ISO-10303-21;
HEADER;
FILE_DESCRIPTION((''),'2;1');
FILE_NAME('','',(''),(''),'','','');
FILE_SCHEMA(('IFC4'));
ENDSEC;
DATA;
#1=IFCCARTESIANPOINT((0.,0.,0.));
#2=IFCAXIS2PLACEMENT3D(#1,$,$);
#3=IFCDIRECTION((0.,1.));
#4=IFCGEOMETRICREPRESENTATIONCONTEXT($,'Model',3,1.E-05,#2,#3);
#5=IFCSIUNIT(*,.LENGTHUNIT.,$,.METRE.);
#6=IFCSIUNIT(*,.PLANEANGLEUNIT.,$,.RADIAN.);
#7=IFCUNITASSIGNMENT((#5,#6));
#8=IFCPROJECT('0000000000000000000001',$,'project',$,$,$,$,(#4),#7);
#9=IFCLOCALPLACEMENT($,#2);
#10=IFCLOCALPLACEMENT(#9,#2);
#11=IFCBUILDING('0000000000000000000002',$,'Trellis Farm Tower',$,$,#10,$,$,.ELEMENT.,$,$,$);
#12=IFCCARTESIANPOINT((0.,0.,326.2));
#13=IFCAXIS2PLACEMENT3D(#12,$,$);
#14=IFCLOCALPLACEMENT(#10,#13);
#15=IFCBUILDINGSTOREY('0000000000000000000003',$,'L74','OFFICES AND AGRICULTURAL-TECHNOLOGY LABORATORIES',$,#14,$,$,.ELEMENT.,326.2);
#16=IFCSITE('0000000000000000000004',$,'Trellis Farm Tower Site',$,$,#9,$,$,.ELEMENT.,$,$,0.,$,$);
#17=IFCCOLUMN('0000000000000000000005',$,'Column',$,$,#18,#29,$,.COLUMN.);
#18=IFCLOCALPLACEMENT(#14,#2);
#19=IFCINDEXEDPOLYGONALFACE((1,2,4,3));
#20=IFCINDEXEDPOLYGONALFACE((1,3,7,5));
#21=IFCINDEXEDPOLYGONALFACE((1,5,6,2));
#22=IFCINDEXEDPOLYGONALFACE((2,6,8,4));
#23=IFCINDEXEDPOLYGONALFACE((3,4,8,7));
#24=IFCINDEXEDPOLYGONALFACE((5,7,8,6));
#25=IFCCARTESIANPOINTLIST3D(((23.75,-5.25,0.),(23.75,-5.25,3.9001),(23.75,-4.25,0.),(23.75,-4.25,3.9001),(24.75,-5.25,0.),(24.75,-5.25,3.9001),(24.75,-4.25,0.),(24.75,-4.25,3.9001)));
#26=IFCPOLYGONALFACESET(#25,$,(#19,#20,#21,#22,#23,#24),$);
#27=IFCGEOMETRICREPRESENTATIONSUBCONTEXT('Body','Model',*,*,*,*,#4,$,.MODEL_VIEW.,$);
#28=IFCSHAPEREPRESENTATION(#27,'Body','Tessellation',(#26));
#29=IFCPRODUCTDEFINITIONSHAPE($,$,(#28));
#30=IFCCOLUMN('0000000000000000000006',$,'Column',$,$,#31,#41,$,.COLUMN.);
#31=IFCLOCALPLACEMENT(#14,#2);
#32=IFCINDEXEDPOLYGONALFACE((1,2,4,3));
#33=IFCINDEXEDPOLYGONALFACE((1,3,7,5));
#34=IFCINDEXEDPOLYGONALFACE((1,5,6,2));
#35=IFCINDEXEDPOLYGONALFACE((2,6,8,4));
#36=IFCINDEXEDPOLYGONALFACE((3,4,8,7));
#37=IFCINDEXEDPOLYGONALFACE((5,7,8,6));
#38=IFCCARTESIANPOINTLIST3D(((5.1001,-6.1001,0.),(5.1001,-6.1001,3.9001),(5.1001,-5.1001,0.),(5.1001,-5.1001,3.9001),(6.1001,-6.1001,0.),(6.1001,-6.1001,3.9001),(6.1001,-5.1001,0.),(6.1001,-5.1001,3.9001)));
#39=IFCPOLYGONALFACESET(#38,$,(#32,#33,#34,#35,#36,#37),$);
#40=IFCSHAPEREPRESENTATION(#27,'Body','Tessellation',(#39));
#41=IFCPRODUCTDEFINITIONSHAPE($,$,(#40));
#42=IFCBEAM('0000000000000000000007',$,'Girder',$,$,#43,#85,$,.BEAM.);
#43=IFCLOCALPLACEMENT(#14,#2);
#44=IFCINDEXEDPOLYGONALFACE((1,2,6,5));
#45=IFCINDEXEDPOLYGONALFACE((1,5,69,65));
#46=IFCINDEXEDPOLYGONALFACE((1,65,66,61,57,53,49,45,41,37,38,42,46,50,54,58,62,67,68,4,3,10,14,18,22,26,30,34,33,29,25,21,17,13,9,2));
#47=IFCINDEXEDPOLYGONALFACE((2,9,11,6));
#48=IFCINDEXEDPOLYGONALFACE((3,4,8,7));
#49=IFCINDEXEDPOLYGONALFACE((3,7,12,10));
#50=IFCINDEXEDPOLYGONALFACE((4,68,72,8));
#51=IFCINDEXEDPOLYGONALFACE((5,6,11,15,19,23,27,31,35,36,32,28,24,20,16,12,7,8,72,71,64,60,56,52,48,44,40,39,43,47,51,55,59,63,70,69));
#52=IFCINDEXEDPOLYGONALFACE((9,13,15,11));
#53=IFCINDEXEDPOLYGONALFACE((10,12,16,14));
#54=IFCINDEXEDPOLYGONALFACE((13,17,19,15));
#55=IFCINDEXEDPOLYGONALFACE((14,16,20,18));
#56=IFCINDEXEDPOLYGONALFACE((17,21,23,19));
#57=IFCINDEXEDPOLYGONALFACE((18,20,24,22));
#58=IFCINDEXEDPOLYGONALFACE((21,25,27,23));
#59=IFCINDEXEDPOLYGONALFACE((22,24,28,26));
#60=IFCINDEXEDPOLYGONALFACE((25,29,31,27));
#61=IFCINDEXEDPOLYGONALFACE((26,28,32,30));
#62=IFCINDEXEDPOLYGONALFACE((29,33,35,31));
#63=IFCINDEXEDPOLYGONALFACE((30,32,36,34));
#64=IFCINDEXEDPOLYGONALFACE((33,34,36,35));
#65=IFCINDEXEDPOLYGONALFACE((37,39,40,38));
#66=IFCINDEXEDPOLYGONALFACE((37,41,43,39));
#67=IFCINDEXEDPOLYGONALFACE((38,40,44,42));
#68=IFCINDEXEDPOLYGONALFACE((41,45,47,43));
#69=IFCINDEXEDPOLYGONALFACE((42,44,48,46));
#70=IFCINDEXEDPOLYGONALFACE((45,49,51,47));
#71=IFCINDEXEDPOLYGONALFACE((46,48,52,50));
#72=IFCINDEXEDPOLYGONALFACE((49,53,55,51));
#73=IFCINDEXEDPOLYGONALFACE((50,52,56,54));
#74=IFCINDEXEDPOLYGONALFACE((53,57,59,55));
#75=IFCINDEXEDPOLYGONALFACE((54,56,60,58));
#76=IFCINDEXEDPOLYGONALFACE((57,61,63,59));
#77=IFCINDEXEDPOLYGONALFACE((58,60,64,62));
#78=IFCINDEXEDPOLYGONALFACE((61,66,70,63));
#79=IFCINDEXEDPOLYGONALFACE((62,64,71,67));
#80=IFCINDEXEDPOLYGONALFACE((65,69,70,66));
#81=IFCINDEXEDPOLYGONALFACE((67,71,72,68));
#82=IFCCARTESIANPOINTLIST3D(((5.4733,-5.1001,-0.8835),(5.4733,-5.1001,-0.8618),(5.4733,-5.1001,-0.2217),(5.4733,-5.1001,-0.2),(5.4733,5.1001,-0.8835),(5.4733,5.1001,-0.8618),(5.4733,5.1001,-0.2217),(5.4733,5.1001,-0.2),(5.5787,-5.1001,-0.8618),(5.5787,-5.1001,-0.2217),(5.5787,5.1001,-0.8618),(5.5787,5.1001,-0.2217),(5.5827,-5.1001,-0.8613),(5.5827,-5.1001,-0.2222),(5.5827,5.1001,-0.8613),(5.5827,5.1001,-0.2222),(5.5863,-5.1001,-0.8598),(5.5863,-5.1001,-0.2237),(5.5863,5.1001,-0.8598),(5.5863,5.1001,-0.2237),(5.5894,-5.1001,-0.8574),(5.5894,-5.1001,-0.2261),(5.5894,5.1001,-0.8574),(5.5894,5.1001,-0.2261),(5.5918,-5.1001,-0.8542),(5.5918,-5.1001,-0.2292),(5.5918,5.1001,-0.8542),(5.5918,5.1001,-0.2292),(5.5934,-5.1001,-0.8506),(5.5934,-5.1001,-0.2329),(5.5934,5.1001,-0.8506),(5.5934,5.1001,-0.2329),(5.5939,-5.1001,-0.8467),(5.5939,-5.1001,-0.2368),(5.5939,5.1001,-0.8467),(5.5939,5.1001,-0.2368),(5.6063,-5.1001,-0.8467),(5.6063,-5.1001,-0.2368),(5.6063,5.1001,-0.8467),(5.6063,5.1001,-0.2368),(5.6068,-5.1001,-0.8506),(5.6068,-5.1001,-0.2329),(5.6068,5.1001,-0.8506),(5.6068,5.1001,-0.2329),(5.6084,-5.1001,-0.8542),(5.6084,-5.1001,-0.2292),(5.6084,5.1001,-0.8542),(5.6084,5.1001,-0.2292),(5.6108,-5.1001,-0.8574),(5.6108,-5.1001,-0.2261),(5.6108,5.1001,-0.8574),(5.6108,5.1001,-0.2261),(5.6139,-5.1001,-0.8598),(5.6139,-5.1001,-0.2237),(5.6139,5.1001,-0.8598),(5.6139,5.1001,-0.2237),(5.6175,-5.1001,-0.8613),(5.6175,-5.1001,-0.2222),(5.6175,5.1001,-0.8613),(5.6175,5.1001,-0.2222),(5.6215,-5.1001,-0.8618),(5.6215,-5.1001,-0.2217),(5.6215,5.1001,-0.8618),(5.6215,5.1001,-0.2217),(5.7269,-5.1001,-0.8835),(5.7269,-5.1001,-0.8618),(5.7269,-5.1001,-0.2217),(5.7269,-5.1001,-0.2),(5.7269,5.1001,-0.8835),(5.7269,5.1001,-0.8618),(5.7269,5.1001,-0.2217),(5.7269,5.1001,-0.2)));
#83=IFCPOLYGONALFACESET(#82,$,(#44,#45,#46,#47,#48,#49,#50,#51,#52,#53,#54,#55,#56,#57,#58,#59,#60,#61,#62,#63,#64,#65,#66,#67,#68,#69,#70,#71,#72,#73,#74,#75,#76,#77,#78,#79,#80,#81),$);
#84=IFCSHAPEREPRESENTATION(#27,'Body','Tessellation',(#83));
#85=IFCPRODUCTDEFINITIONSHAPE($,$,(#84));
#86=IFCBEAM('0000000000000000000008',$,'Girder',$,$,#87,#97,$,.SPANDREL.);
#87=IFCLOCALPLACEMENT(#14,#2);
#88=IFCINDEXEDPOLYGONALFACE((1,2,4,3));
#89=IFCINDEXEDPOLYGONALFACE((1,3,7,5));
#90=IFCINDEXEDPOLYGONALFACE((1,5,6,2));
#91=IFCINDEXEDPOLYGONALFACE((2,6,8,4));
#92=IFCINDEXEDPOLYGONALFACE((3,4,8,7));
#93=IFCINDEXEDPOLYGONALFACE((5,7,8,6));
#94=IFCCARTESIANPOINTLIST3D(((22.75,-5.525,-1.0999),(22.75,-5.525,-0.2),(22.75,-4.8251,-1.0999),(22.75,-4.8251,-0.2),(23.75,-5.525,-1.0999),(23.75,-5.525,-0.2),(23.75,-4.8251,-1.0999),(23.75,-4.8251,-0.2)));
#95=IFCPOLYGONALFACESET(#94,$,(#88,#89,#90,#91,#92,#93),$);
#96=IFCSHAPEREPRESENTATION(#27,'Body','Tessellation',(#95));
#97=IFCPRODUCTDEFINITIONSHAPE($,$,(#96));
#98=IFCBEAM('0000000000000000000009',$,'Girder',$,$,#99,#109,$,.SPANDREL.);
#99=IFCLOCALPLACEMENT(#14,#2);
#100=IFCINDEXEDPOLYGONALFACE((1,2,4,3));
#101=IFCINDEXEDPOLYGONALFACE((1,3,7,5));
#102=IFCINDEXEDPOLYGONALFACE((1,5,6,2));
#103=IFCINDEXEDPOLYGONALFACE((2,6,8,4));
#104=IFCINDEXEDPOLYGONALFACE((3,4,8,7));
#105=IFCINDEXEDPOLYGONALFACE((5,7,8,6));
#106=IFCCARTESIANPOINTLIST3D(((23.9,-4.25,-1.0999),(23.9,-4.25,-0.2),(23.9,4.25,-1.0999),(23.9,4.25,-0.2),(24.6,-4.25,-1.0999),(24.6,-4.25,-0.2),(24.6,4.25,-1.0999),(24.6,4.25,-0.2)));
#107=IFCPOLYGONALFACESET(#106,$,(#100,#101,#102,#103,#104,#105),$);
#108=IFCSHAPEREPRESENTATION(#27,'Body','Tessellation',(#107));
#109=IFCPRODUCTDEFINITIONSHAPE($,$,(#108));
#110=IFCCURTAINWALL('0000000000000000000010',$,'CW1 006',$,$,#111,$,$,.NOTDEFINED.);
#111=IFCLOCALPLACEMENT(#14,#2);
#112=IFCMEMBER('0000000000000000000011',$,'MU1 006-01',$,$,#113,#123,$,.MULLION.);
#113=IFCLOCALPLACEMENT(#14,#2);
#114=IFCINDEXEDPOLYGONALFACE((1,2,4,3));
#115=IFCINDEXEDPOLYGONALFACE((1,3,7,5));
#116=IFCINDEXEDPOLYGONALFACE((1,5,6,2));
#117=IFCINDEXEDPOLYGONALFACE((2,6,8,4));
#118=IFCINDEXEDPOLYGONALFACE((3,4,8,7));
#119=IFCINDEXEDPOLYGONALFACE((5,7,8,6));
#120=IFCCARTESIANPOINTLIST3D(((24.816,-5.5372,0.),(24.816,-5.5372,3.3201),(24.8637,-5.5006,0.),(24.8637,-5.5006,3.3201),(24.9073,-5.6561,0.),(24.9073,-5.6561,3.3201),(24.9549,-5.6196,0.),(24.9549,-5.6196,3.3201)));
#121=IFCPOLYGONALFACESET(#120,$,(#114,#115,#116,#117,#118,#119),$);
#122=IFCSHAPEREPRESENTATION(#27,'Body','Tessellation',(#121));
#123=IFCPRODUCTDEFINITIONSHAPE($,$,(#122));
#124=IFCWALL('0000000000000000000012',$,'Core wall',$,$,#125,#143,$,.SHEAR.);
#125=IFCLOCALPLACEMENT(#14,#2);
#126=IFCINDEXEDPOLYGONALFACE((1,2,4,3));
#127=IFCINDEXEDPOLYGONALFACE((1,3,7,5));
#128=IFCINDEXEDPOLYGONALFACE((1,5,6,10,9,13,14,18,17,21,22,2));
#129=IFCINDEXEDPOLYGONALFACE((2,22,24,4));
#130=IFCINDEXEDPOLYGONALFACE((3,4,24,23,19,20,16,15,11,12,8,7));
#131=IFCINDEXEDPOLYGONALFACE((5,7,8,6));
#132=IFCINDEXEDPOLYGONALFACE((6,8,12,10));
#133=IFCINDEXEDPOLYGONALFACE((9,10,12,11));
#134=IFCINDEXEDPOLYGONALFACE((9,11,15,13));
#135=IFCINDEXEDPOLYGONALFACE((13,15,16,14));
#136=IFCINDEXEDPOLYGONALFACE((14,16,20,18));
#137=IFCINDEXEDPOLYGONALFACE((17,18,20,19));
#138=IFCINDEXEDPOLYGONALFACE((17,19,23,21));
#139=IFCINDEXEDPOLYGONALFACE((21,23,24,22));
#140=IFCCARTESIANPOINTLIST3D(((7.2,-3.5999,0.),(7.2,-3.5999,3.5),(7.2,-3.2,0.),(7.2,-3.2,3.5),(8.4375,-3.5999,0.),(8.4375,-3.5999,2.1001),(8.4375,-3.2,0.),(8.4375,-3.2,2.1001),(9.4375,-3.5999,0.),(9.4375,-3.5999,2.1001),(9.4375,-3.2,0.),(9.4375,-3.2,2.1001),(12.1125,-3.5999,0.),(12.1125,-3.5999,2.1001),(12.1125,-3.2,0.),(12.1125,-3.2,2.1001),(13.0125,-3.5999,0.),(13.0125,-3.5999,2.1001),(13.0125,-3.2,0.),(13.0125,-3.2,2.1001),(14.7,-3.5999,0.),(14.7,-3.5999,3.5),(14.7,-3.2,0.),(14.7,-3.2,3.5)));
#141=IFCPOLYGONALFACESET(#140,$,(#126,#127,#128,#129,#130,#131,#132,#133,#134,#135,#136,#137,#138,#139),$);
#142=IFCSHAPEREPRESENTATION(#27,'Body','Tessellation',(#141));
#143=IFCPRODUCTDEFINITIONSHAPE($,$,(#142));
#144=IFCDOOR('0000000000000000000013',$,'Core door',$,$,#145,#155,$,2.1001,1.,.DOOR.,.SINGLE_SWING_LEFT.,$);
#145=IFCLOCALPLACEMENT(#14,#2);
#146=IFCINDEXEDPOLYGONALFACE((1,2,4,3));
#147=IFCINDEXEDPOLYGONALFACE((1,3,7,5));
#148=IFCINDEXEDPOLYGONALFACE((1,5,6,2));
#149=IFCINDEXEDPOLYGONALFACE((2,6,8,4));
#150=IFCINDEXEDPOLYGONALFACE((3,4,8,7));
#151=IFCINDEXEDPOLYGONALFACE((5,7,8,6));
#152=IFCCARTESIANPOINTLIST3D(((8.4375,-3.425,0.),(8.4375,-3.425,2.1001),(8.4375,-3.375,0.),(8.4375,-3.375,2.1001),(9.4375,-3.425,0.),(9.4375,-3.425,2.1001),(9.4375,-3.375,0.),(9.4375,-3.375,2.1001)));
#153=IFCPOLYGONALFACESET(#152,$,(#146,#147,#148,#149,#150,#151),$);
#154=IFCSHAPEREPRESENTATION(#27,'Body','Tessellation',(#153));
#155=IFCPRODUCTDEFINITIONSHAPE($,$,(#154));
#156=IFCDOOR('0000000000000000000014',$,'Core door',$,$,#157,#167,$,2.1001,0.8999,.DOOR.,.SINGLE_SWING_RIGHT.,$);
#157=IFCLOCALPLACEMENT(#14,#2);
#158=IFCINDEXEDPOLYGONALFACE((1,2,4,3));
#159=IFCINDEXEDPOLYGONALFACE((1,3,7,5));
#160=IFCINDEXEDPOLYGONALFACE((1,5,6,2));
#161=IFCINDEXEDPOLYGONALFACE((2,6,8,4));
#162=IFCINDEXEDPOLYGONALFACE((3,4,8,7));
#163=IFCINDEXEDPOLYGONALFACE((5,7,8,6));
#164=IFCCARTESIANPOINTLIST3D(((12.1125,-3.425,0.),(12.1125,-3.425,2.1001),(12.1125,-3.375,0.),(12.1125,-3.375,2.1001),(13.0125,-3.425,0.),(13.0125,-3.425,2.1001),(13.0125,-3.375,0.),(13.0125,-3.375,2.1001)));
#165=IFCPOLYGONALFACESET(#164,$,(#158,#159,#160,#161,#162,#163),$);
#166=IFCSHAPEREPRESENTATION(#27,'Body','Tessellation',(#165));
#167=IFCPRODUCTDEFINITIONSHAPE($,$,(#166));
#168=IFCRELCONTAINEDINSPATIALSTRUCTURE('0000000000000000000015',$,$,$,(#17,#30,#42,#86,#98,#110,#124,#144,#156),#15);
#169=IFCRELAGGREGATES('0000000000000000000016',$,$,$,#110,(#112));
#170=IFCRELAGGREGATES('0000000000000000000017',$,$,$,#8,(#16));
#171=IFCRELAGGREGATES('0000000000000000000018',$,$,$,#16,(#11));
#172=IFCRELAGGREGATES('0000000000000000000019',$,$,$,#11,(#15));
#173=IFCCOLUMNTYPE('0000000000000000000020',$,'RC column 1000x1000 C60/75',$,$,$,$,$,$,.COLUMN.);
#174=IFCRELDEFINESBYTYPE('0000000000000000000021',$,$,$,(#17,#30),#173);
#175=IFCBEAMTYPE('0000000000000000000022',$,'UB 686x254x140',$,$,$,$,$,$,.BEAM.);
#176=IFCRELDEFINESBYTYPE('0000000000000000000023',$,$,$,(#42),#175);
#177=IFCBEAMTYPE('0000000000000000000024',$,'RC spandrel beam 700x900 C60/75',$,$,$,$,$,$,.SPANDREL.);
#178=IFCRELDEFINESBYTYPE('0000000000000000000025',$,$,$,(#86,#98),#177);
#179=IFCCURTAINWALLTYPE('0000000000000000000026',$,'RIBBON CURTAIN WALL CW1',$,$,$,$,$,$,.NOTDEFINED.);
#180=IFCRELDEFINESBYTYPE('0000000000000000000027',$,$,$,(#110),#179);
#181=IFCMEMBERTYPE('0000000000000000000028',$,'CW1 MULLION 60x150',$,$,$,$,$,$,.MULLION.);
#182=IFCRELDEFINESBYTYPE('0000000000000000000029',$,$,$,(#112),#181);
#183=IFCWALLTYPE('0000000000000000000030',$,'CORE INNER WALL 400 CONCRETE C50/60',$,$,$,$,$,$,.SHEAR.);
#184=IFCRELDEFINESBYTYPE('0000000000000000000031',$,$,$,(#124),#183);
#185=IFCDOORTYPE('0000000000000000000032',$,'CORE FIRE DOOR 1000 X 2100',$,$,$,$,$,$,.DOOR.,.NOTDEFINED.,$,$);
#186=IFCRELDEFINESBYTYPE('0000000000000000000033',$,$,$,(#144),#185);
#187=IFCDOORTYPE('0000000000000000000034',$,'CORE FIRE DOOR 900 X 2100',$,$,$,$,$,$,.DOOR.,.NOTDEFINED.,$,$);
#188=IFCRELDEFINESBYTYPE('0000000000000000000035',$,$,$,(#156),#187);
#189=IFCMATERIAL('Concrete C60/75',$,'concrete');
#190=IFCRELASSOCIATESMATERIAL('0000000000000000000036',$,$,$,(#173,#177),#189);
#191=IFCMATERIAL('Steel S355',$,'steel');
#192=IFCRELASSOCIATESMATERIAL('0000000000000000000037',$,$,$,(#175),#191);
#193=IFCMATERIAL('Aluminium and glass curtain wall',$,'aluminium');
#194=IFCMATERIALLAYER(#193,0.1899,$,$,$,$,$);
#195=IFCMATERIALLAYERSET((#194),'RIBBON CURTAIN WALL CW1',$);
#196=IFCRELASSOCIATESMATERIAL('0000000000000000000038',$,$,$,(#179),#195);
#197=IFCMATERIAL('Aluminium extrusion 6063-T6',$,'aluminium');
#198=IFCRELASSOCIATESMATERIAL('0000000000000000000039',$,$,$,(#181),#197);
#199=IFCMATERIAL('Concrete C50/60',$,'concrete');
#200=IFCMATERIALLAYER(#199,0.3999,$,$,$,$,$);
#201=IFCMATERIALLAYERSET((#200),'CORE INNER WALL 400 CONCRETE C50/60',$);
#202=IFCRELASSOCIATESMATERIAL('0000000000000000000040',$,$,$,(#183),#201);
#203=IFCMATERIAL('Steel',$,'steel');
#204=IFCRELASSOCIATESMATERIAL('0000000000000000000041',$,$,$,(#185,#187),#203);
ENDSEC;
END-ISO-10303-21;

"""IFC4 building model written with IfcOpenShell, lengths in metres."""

from ifc_helpers import new_model, si_unit, direction, frame, frame_2d, origin, origin_2d, place, context, subcontext, project, spatial, rectangle, i_section, extrude, source, transform, mapped, material, layer, layer_set, material_profile, profile_set, type_object, element, fill, aggregate, save


model = new_model("IFC4")

# Units and contexts
model_context = context("Model", 3, precision=1e-05, world=origin(), true_north=direction((0.0, 1.0)))
body_context = subcontext(model_context, "Body", "Model", "MODEL_VIEW")
ifc_project = project(units=[si_unit("LENGTHUNIT", "METRE"), si_unit("PLANEANGLEUNIT", "RADIAN")], contexts=[model_context])

# Site, building, storey
site_placement = place(None, origin())
site = spatial("IfcSite", under=ifc_project, at=site_placement, Name="Trellis Farm Tower Site", CompositionType="ELEMENT", RefElevation=0.0)
building_placement = place(site_placement, origin())
building = spatial("IfcBuilding", under=site, at=building_placement, Name="Trellis Farm Tower", CompositionType="ELEMENT")
storey_placement = place(building_placement, frame((0.0, 0.0, 326.2)))
storey = spatial("IfcBuildingStorey", under=building, at=storey_placement, Name="L74", Description="OFFICES AND AGRICULTURAL-TECHNOLOGY LABORATORIES", CompositionType="ELEMENT", Elevation=326.2)

# Columns
ifc_material_1 = material(Name="Concrete C60/75", Category="concrete")
ifc_material_profile_1 = material_profile(ifc_material_1, rectangle(XDim=1.0, YDim=1.0, at=origin_2d()), Name="RC column 1000x1000 C60/75")
ifc_profile_set_1 = profile_set([ifc_material_profile_1], Name="Concrete C60/75")
column_type = type_object("IfcColumnType", Name="RC column 1000x1000 C60/75", PredefinedType="COLUMN", material=ifc_profile_set_1)
shared_shape_1 = source(origin(), body_context, "Body", "SweptSolid", [
    extrude(rectangle(XDim=1.0, YDim=1.0, at=origin_2d()), origin(), (0.0, 0.0, 1.0), 3.9001),
])
for number, where, z_axis, x_axis, name in (
    (1, (24.25, -4.75, 0.0), (0.0, 0.0, 1.0), (1.0, 0.0, 0.0), "Column"),
    (2, (5.6001, -5.6001, 0.0), (0.0, 0.0, 1.0), (1.0, 0.0, 0.0), "Column"),
):
    element("IfcColumn", number, at=place(storey_placement, frame(where, z_axis=z_axis, x_axis=x_axis)), inside=storey, type_object=column_type, Name=name, PredefinedType="COLUMN", context=body_context, shape_type="MappedRepresentation", body=[
        mapped(shared_shape_1, transform((0.0, 0.0, 0.0))),
    ])

# Beams
ifc_material_2 = material(Name="Steel S355", Category="steel")
ifc_material_profile_2 = material_profile(ifc_material_2, i_section(OverallWidth=0.2537, OverallDepth=0.6836, WebThickness=0.0125, FlangeThickness=0.0217, FilletRadius=0.0151, at=origin_2d()), Name="UB 686x254x140")
ifc_profile_set_2 = profile_set([ifc_material_profile_2], Name="Steel S355")
beam_type_1 = type_object("IfcBeamType", Name="UB 686x254x140", PredefinedType="BEAM", material=ifc_profile_set_2)
shared_shape_2 = source(origin(), body_context, "Body", "SweptSolid", [
    extrude(i_section(OverallWidth=0.2537, OverallDepth=0.6836, WebThickness=0.0125, FlangeThickness=0.0217, FilletRadius=0.0151, at=origin_2d()), origin(), (0.0, 0.0, 1.0), 10.2002),
])
beam_1_placement = place(storey_placement, frame((5.6001, -5.1001, -0.5417), z_axis=(0.0, 1.0, 0.0), x_axis=(-1.0, 0.0, 0.0)))
element("IfcBeam", 3, at=beam_1_placement, inside=storey, type_object=beam_type_1, Name="Girder", PredefinedType="BEAM", context=body_context, shape_type="MappedRepresentation", body=[
    mapped(shared_shape_2, transform((0.0, 0.0, 0.0))),
])
ifc_material_profile_3 = material_profile(ifc_material_1, rectangle(XDim=0.7, YDim=0.8999, at=origin_2d()), Name="RC spandrel beam 700x900 C60/75")
ifc_profile_set_3 = profile_set([ifc_material_profile_3], Name="Concrete C60/75")
beam_type_2 = type_object("IfcBeamType", Name="RC spandrel beam 700x900 C60/75", PredefinedType="SPANDREL", material=ifc_profile_set_3)
shared_shape_3 = source(origin(), body_context, "Body", "SweptSolid", [
    extrude(rectangle(XDim=0.7, YDim=0.8999, at=origin_2d()), origin(), (0.0, 0.0, 1.0), 1.0),
])
beam_2_placement = place(storey_placement, frame((22.75, -5.175, -0.6499), z_axis=(1.0, 0.0, 0.0), x_axis=(0.0, 1.0, 0.0)))
element("IfcBeam", 4, at=beam_2_placement, inside=storey, type_object=beam_type_2, Name="Girder", PredefinedType="SPANDREL", context=body_context, shape_type="MappedRepresentation", body=[
    mapped(shared_shape_3, transform((0.0, 0.0, 0.0))),
])
shared_shape_4 = source(origin(), body_context, "Body", "SweptSolid", [
    extrude(rectangle(XDim=0.7, YDim=0.8999, at=origin_2d()), origin(), (0.0, 0.0, 1.0), 8.5),
])
beam_3_placement = place(storey_placement, frame((24.25, -4.25, -0.6499), z_axis=(0.0, 1.0, 0.0), x_axis=(-1.0, 0.0, 0.0)))
element("IfcBeam", 5, at=beam_3_placement, inside=storey, type_object=beam_type_2, Name="Girder", PredefinedType="SPANDREL", context=body_context, shape_type="MappedRepresentation", body=[
    mapped(shared_shape_4, transform((0.0, 0.0, 0.0))),
])

# Curtain wall, member
ifc_material_3 = material(Name="Aluminium and glass curtain wall", Category="aluminium")
ifc_layer_1 = layer(ifc_material_3, 0.1899)
ifc_layer_set_1 = layer_set([ifc_layer_1], Name="RIBBON CURTAIN WALL CW1")
curtain_wall_type = type_object("IfcCurtainWallType", Name="RIBBON CURTAIN WALL CW1", PredefinedType="NOTDEFINED", material=ifc_layer_set_1)
placement = place(storey_placement, origin())
curtain_wall = element("IfcCurtainWall", 6, at=placement, inside=storey, type_object=curtain_wall_type, Name="CW1 006", PredefinedType="NOTDEFINED")
ifc_material_4 = material(Name="Aluminium extrusion 6063-T6", Category="aluminium")
ifc_material_profile_4 = material_profile(ifc_material_4, rectangle(XDim=0.0601, YDim=0.1499, at=origin_2d()), Name="MULLION 60x150")
ifc_profile_set_4 = profile_set([ifc_material_profile_4], Name="Aluminium extrusion 6063-T6")
member_type = type_object("IfcMemberType", Name="CW1 MULLION 60x150", PredefinedType="MULLION", material=ifc_profile_set_4)
shared_shape_5 = source(origin(), body_context, "Body", "SweptSolid", [
    extrude(rectangle(XDim=0.0601, YDim=0.1499, at=origin_2d()), origin(), (0.0, 0.0, 1.0), 3.3201),
])
member_placement = place(storey_placement, frame((24.8855, -5.5784, 0.0), z_axis=(0.0, 0.0, 1.0), x_axis=(0.793353, 0.608761, 0.0)))
member = element("IfcMember", 7, at=member_placement, type_object=member_type, Name="MU1 006-01", PredefinedType="MULLION", context=body_context, shape_type="MappedRepresentation", body=[
    mapped(shared_shape_5, transform((0.0, 0.0, 0.0))),
])
aggregate(curtain_wall, [member])

# Wall, openings, doors
ifc_material_5 = material(Name="Concrete C50/60", Category="concrete")
ifc_layer_2 = layer(ifc_material_5, 0.3999)
ifc_layer_set_2 = layer_set([ifc_layer_2], Name="CORE INNER WALL 400 CONCRETE C50/60")
wall_type_1 = type_object("IfcWallType", Name="CORE INNER WALL 400 CONCRETE C50/60", PredefinedType="SHEAR", material=ifc_layer_set_2)
shared_shape_6 = source(origin(), body_context, "Body", "SweptSolid", [
    extrude(rectangle(XDim=7.5, YDim=0.3999, at=frame_2d((3.75, 0.0))), origin(), (0.0, 0.0, 1.0), 3.5),
])
wall_1_placement = place(storey_placement, frame((7.2, -3.3999, 0.0), z_axis=(0.0, 0.0, 1.0), x_axis=(1.0, 0.0, 0.0)))
wall_1 = element("IfcWall", 8, at=wall_1_placement, inside=storey, type_object=wall_type_1, Name="Core wall", PredefinedType="SHEAR", context=body_context, shape_type="MappedRepresentation", body=[
    mapped(shared_shape_6, transform((0.0, 0.0, 0.0))),
])
shared_shape_7 = source(origin(), body_context, "Body", "SweptSolid", [
    extrude(rectangle(XDim=1.0, YDim=2.1001, at=frame_2d((0.5, 1.05))), frame((0.0, 0.21, 0.0), z_axis=(0.0, -1.0, 0.0), x_axis=(1.0, 0.0, 0.0)), (0.0, 0.0, 1.0), 0.4199),
])
opening_1_placement = place(wall_1_placement, frame((1.2375, 0.0, 0.0)))
opening_1 = element("IfcOpeningElement", 9, at=opening_1_placement, cuts=wall_1, PredefinedType="OPENING", context=body_context, shape_type="MappedRepresentation", body=[
    mapped(shared_shape_7, transform((0.0, 0.0, 0.0))),
])
shared_shape_8 = source(origin(), body_context, "Body", "SweptSolid", [
    extrude(rectangle(XDim=0.8999, YDim=2.1001, at=frame_2d((0.45, 1.05))), frame((0.0, 0.21, 0.0), z_axis=(0.0, -1.0, 0.0), x_axis=(1.0, 0.0, 0.0)), (0.0, 0.0, 1.0), 0.4199),
])
opening_2_placement = place(wall_1_placement, frame((4.9126, 0.0, 0.0)))
opening_2 = element("IfcOpeningElement", 10, at=opening_2_placement, cuts=wall_1, PredefinedType="OPENING", context=body_context, shape_type="MappedRepresentation", body=[
    mapped(shared_shape_8, transform((0.0, 0.0, 0.0))),
])
ifc_material_6 = material(Name="Steel", Category="steel")
door_type_1 = type_object("IfcDoorType", Name="CORE FIRE DOOR 1000 X 2100", OperationType="NOTDEFINED", PredefinedType="DOOR", material=ifc_material_6)
shared_shape_9 = source(origin(), body_context, "Body", "SweptSolid", [
    extrude(rectangle(XDim=1.0, YDim=2.1001, at=frame_2d((0.5, 1.05))), frame((0.0, 0.0249, 0.0), z_axis=(0.0, -1.0, 0.0), x_axis=(1.0, 0.0, 0.0)), (0.0, 0.0, 1.0), 0.05),
])
door_1_placement = place(opening_1_placement, origin())
door_1 = element("IfcDoor", 11, at=door_1_placement, inside=storey, type_object=door_type_1, Name="Core door", OperationType="SINGLE_SWING_LEFT", OverallHeight=2.1001, OverallWidth=1.0, PredefinedType="DOOR", context=body_context, shape_type="MappedRepresentation", body=[
    mapped(shared_shape_9, transform((0.0, 0.0, 0.0))),
])
fill(opening_1, door_1)
door_type_2 = type_object("IfcDoorType", Name="CORE FIRE DOOR 900 X 2100", OperationType="NOTDEFINED", PredefinedType="DOOR", material=ifc_material_6)
shared_shape_10 = source(origin(), body_context, "Body", "SweptSolid", [
    extrude(rectangle(XDim=0.8999, YDim=2.1001, at=frame_2d((0.45, 1.05))), frame((0.0, 0.0249, 0.0), z_axis=(0.0, -1.0, 0.0), x_axis=(1.0, 0.0, 0.0)), (0.0, 0.0, 1.0), 0.05),
])
door_2_placement = place(opening_2_placement, origin())
door_2 = element("IfcDoor", 12, at=door_2_placement, inside=storey, type_object=door_type_2, Name="Core door", OperationType="SINGLE_SWING_RIGHT", OverallHeight=2.1001, OverallWidth=0.8999, PredefinedType="DOOR", context=body_context, shape_type="MappedRepresentation", body=[
    mapped(shared_shape_10, transform((0.0, 0.0, 0.0))),
])
fill(opening_2, door_2)

save(model, "model.ifc")
